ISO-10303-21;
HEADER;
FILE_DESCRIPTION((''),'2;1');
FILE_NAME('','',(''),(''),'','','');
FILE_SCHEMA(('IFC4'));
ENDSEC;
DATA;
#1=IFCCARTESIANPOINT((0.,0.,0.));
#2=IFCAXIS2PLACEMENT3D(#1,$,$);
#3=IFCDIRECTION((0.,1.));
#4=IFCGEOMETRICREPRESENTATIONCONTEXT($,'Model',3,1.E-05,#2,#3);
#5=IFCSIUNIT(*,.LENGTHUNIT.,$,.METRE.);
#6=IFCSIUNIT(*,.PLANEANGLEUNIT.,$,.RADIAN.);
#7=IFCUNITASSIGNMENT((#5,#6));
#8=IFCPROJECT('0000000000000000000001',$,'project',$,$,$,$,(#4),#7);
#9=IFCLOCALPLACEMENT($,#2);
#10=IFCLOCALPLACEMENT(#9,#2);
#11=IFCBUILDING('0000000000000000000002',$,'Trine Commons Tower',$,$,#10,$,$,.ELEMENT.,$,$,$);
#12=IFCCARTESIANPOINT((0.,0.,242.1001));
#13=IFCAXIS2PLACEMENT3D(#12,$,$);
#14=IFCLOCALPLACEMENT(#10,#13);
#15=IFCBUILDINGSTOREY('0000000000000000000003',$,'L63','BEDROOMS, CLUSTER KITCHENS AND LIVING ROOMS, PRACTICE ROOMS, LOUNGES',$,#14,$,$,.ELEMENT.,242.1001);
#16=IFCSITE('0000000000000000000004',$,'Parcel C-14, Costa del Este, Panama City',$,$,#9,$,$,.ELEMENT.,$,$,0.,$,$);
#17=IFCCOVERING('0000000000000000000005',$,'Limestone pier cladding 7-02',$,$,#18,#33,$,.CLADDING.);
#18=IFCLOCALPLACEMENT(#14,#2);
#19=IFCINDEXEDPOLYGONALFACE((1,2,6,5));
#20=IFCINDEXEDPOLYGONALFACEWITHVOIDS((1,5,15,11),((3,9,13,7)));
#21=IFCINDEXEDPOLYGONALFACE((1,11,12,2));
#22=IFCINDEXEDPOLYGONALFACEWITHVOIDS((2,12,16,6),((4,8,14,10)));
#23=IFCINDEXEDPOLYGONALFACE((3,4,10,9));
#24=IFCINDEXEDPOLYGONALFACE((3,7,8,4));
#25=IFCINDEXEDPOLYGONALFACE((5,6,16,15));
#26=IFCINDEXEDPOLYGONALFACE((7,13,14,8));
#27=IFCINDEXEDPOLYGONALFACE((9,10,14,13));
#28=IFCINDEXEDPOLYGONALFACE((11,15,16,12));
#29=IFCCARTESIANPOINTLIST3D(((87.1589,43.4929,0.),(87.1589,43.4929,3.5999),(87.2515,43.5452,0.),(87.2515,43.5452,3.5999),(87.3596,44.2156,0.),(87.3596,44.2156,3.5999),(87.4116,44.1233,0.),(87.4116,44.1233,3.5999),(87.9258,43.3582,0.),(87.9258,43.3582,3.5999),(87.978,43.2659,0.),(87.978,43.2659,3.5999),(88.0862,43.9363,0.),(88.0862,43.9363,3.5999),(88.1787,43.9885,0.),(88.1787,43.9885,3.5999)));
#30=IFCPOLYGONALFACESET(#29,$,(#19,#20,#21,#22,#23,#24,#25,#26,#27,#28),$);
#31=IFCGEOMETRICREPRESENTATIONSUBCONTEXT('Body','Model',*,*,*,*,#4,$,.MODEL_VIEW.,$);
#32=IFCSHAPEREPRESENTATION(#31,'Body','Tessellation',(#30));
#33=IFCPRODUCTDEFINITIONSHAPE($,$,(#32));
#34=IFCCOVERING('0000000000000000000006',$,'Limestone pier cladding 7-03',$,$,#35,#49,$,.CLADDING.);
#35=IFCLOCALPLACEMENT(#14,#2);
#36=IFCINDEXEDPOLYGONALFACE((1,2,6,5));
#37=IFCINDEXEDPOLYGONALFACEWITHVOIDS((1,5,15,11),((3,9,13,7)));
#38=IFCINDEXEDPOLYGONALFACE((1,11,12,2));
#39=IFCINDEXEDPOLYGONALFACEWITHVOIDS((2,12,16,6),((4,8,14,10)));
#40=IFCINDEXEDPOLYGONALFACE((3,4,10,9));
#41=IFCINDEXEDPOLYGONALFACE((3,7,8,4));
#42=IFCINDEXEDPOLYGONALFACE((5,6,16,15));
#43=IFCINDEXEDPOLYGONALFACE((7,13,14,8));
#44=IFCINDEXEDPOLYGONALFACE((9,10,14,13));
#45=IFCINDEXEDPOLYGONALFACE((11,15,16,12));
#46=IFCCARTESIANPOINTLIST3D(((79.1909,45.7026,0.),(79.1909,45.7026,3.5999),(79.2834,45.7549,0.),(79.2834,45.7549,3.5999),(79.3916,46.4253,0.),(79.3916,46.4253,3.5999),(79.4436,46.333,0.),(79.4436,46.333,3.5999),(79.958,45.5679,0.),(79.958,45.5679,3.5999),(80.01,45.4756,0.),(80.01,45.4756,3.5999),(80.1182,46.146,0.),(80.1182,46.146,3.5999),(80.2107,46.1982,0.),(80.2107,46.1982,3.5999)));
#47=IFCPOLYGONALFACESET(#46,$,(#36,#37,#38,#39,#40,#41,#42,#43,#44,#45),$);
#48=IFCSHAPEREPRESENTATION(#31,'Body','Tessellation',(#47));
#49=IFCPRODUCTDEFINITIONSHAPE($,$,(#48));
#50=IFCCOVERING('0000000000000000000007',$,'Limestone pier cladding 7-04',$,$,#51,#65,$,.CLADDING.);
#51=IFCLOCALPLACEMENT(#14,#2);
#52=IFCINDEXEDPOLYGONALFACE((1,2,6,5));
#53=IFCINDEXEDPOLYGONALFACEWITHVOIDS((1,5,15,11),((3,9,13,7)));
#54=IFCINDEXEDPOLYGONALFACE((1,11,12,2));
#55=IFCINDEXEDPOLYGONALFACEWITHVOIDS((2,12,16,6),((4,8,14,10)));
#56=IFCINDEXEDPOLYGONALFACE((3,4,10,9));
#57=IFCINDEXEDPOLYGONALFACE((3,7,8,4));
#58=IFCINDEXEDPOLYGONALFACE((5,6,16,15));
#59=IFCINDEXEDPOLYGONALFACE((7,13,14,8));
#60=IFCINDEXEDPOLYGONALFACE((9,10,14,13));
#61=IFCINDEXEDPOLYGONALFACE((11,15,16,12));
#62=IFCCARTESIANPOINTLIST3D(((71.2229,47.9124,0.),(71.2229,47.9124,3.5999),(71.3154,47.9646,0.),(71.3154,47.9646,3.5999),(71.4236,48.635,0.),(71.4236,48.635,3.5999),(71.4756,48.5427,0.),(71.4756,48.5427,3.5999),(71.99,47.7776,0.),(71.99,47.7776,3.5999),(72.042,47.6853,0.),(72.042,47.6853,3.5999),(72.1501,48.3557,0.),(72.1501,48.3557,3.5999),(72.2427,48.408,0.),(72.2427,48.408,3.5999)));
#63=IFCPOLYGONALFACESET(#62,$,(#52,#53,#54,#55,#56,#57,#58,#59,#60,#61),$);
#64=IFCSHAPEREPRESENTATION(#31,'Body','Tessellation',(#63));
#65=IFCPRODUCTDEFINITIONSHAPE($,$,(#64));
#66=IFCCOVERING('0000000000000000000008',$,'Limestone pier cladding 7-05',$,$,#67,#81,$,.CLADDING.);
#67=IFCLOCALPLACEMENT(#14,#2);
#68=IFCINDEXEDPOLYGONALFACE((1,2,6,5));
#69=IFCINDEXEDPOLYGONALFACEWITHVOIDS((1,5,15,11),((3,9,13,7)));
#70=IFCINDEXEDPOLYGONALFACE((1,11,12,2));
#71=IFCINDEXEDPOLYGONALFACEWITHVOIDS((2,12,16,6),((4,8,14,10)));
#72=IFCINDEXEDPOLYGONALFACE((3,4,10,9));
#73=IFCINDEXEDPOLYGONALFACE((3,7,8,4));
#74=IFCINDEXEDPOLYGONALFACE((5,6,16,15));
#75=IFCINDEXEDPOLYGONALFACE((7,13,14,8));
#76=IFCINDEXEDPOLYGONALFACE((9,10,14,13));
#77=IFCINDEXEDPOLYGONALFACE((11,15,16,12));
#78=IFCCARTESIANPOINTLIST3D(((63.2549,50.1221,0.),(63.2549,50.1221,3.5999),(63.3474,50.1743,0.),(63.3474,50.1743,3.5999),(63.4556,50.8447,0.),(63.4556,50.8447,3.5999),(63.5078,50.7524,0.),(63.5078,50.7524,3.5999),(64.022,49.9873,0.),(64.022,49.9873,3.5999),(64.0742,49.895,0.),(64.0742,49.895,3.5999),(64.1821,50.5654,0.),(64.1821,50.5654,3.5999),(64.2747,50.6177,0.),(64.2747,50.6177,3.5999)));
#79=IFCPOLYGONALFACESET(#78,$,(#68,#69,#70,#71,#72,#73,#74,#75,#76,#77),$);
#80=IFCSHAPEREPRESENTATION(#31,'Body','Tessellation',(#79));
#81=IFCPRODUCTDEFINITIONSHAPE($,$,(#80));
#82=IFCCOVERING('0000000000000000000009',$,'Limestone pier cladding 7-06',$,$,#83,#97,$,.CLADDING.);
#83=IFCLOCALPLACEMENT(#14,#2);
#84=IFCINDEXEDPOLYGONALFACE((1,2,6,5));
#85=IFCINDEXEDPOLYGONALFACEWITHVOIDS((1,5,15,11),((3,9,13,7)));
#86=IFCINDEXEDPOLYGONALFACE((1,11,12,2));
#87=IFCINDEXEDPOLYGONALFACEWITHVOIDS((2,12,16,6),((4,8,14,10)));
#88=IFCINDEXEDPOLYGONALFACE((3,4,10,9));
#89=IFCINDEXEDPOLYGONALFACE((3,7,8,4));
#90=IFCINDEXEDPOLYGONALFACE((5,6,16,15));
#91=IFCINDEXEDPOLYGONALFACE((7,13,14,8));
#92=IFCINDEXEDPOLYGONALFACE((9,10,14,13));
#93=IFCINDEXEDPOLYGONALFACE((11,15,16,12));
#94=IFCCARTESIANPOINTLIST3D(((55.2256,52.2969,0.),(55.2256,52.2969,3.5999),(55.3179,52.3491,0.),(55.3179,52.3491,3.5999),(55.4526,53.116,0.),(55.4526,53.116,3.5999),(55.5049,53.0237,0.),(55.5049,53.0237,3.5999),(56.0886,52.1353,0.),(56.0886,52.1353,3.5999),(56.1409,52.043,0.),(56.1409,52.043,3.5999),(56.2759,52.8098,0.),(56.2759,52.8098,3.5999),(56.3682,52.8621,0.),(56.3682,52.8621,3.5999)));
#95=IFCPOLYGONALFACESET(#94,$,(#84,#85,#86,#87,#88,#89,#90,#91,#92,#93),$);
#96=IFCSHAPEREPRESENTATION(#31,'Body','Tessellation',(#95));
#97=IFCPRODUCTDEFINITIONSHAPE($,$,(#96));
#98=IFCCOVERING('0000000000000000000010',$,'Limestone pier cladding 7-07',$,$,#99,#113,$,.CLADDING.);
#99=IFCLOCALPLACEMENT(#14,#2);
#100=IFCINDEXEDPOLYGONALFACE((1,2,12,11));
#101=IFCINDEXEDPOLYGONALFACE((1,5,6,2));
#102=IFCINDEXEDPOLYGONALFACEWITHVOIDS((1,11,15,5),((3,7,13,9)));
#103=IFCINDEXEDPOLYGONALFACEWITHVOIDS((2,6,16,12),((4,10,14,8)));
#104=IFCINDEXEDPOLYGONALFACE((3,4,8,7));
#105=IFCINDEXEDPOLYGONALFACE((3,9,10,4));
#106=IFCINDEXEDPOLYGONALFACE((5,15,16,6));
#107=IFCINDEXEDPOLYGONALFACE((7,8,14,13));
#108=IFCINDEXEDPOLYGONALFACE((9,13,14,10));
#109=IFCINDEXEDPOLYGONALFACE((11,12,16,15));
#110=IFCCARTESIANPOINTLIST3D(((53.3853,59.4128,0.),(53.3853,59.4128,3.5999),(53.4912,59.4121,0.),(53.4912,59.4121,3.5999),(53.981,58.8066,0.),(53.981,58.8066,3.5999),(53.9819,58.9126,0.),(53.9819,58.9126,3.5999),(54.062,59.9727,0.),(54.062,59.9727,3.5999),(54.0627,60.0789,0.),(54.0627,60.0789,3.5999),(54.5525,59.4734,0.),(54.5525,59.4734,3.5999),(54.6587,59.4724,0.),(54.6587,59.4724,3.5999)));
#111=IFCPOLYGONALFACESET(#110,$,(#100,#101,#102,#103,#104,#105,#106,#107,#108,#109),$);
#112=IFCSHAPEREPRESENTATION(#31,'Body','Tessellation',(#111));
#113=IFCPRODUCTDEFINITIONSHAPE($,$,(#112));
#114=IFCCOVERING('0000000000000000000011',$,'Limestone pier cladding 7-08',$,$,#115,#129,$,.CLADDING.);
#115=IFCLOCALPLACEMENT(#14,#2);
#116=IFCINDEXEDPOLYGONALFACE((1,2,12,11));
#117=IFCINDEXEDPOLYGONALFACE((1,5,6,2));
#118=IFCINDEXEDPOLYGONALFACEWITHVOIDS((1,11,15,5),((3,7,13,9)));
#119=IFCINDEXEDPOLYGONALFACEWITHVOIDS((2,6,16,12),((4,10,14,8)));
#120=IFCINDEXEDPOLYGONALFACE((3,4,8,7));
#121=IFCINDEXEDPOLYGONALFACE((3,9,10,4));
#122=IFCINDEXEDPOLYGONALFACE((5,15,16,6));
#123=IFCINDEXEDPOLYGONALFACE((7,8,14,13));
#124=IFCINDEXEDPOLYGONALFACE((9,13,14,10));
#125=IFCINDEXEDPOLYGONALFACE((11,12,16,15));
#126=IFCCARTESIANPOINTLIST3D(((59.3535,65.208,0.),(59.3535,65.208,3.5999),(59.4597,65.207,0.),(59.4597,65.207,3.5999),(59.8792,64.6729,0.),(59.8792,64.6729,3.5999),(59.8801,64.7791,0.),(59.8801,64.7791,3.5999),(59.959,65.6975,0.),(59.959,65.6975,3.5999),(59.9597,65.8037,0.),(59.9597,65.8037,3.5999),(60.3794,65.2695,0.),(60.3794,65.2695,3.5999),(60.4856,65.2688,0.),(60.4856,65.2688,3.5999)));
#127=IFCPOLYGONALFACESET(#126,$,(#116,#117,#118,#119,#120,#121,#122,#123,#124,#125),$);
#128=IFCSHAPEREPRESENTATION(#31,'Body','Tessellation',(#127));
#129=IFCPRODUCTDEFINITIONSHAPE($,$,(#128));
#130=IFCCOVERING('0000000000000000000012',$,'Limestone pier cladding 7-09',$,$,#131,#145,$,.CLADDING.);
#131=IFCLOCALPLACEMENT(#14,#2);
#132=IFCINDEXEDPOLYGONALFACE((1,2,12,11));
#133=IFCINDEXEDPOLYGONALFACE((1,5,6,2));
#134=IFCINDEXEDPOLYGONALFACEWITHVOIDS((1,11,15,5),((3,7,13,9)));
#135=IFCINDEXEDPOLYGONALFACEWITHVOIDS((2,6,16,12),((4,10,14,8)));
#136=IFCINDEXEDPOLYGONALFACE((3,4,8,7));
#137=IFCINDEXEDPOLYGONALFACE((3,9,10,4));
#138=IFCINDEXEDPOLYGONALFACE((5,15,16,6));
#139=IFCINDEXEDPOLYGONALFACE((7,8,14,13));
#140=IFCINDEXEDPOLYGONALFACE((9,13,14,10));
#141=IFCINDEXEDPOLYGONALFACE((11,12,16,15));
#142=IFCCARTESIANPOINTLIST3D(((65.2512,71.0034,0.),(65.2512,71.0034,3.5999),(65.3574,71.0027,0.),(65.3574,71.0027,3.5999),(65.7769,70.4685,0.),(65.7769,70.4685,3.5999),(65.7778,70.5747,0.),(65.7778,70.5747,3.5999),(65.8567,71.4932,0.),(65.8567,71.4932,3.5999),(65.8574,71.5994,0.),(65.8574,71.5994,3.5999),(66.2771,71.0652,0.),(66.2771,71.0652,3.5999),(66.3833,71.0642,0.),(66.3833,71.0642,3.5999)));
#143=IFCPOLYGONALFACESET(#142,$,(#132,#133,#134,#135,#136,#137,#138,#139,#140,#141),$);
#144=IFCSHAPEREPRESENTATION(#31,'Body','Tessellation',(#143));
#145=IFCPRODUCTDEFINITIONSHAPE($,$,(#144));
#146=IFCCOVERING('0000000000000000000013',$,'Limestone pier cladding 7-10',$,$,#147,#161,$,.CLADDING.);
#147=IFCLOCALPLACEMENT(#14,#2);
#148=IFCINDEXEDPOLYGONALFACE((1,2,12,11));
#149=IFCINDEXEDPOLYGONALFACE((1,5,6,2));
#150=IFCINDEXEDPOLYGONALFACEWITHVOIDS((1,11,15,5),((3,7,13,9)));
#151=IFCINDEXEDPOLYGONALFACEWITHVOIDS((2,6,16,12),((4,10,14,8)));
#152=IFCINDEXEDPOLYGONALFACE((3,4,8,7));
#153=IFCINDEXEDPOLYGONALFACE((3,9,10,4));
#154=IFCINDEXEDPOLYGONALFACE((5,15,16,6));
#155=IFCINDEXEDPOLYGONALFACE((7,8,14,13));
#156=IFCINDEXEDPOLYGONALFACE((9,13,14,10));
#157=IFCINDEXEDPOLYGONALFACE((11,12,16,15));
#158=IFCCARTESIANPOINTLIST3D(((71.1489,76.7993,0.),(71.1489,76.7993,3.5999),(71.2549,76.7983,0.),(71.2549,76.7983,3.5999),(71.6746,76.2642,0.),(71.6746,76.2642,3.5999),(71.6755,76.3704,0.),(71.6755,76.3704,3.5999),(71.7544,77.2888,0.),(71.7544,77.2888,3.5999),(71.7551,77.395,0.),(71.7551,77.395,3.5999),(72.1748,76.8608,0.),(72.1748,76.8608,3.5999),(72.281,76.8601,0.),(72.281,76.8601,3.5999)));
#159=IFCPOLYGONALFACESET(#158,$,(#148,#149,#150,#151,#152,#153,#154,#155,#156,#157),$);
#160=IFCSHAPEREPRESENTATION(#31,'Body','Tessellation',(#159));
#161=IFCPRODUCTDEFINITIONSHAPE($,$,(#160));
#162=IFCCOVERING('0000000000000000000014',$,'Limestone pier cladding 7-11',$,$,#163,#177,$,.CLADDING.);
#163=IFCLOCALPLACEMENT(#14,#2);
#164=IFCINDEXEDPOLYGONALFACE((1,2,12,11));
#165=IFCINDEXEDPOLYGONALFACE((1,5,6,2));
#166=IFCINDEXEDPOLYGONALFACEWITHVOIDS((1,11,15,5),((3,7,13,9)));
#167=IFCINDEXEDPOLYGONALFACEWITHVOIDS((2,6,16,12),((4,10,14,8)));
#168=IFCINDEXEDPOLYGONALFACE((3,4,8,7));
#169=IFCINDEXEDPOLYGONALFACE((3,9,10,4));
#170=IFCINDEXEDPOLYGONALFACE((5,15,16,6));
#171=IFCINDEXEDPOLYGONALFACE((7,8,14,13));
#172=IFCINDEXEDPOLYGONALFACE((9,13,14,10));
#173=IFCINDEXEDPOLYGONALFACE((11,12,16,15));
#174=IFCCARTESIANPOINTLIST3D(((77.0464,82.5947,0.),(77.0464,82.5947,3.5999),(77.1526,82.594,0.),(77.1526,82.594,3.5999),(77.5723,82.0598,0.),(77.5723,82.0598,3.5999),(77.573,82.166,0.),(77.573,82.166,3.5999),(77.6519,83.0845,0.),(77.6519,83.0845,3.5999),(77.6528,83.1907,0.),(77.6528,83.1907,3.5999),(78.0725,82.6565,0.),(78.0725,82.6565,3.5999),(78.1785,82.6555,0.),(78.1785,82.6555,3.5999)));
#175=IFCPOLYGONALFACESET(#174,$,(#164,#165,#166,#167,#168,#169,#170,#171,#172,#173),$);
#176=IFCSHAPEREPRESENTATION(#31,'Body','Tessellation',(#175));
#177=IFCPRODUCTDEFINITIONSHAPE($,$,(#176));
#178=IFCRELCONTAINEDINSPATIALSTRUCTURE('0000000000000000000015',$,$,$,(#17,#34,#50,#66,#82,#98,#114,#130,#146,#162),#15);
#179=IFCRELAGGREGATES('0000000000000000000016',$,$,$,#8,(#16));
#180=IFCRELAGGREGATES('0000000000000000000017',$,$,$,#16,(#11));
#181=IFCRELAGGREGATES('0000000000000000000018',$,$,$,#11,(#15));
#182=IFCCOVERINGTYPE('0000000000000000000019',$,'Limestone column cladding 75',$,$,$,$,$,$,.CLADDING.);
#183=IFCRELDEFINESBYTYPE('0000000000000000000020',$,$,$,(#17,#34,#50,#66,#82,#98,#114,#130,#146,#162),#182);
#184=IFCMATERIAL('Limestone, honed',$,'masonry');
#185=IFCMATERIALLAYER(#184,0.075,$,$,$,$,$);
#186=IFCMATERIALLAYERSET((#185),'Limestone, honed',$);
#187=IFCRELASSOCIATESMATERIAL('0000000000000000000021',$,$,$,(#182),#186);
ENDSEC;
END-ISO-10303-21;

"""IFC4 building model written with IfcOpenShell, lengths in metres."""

from ifc_helpers import new_model, si_unit, direction, frame, origin, place, context, subcontext, project, spatial, polyline, outline, extrude, material, layer, layer_set, type_object, element, save


model = new_model("IFC4")

# Units and contexts
model_context = context("Model", 3, precision=1e-05, world=origin(), true_north=direction((0.0, 1.0)))
body_context = subcontext(model_context, "Body", "Model", "MODEL_VIEW")
ifc_project = project(units=[si_unit("LENGTHUNIT", "METRE"), si_unit("PLANEANGLEUNIT", "RADIAN")], contexts=[model_context])

# Site, building, storey
site_placement = place(None, origin())
site = spatial("IfcSite", under=ifc_project, at=site_placement, Name="Parcel C-14, Costa del Este, Panama City", CompositionType="ELEMENT", RefElevation=0.0)
building_placement = place(site_placement, origin())
building = spatial("IfcBuilding", under=site, at=building_placement, Name="Trine Commons Tower", CompositionType="ELEMENT")
storey_placement = place(building_placement, frame((0.0, 0.0, 242.1001)))
storey = spatial("IfcBuildingStorey", under=building, at=storey_placement, Name="L63", Description="BEDROOMS, CLUSTER KITCHENS AND LIVING ROOMS, PRACTICE ROOMS, LOUNGES", CompositionType="ELEMENT", Elevation=242.1001)

# Coverings
ifc_material_1 = material(Name="Limestone, honed", Category="masonry")
ifc_layer_1 = layer(ifc_material_1, 0.075)
ifc_layer_set_1 = layer_set([ifc_layer_1], Name="Limestone, honed")
covering_type_1 = type_object("IfcCoveringType", Name="Limestone column cladding 75", PredefinedType="CLADDING", material=ifc_layer_set_1)
covering_1_placement = place(storey_placement, origin())
element("IfcCovering", 1, at=covering_1_placement, inside=storey, type_object=covering_type_1, Name="Limestone pier cladding 7-02", PredefinedType="CLADDING", context=body_context, shape_type="SweptSolid", body=[
    extrude(outline(polyline([(87.3596, 44.2156), (87.1589, 43.4929), (87.978, 43.2659), (88.1787, 43.9885), (87.3596, 44.2156)]), holes=[polyline([(87.4116, 44.1233), (87.2515, 43.5452), (87.9258, 43.3582), (88.0862, 43.9363), (87.4116, 44.1233)])]), origin(), (0.0, 0.0, 1.0), 3.5999),
])
covering_2_placement = place(storey_placement, origin())
element("IfcCovering", 2, at=covering_2_placement, inside=storey, type_object=covering_type_1, Name="Limestone pier cladding 7-03", PredefinedType="CLADDING", context=body_context, shape_type="SweptSolid", body=[
    extrude(outline(polyline([(79.3916, 46.4253), (79.1909, 45.7026), (80.01, 45.4756), (80.2107, 46.1982), (79.3916, 46.4253)]), holes=[polyline([(79.4436, 46.333), (79.2834, 45.7549), (79.958, 45.5679), (80.1182, 46.146), (79.4436, 46.333)])]), origin(), (0.0, 0.0, 1.0), 3.5999),
])
covering_3_placement = place(storey_placement, origin())
element("IfcCovering", 3, at=covering_3_placement, inside=storey, type_object=covering_type_1, Name="Limestone pier cladding 7-04", PredefinedType="CLADDING", context=body_context, shape_type="SweptSolid", body=[
    extrude(outline(polyline([(71.4236, 48.635), (71.2229, 47.9124), (72.042, 47.6853), (72.2427, 48.408), (71.4236, 48.635)]), holes=[polyline([(71.4756, 48.5427), (71.3154, 47.9646), (71.99, 47.7776), (72.1501, 48.3557), (71.4756, 48.5427)])]), origin(), (0.0, 0.0, 1.0), 3.5999),
])
covering_4_placement = place(storey_placement, origin())
element("IfcCovering", 4, at=covering_4_placement, inside=storey, type_object=covering_type_1, Name="Limestone pier cladding 7-05", PredefinedType="CLADDING", context=body_context, shape_type="SweptSolid", body=[
    extrude(outline(polyline([(63.4556, 50.8447), (63.2549, 50.1221), (64.0742, 49.895), (64.2747, 50.6177), (63.4556, 50.8447)]), holes=[polyline([(63.5078, 50.7524), (63.3474, 50.1743), (64.022, 49.9873), (64.1821, 50.5654), (63.5078, 50.7524)])]), origin(), (0.0, 0.0, 1.0), 3.5999),
])
covering_5_placement = place(storey_placement, origin())
element("IfcCovering", 5, at=covering_5_placement, inside=storey, type_object=covering_type_1, Name="Limestone pier cladding 7-06", PredefinedType="CLADDING", context=body_context, shape_type="SweptSolid", body=[
    extrude(outline(polyline([(55.4526, 53.116), (55.2256, 52.2969), (56.1409, 52.043), (56.3682, 52.8621), (55.4526, 53.116)]), holes=[polyline([(55.5049, 53.0237), (55.3179, 52.3491), (56.0886, 52.1353), (56.2759, 52.8098), (55.5049, 53.0237)])]), origin(), (0.0, 0.0, 1.0), 3.5999),
])
covering_6_placement = place(storey_placement, origin())
element("IfcCovering", 6, at=covering_6_placement, inside=storey, type_object=covering_type_1, Name="Limestone pier cladding 7-07", PredefinedType="CLADDING", context=body_context, shape_type="SweptSolid", body=[
    extrude(outline(polyline([(54.6587, 59.4724), (54.0627, 60.0789), (53.3853, 59.4128), (53.981, 58.8066), (54.6587, 59.4724)]), holes=[polyline([(54.5525, 59.4734), (54.062, 59.9727), (53.4912, 59.4121), (53.9819, 58.9126), (54.5525, 59.4734)])]), origin(), (0.0, 0.0, 1.0), 3.5999),
])
covering_7_placement = place(storey_placement, origin())
element("IfcCovering", 7, at=covering_7_placement, inside=storey, type_object=covering_type_1, Name="Limestone pier cladding 7-08", PredefinedType="CLADDING", context=body_context, shape_type="SweptSolid", body=[
    extrude(outline(polyline([(60.4856, 65.2688), (59.9597, 65.8037), (59.3535, 65.208), (59.8792, 64.6729), (60.4856, 65.2688)]), holes=[polyline([(60.3794, 65.2695), (59.959, 65.6975), (59.4597, 65.207), (59.8801, 64.7791), (60.3794, 65.2695)])]), origin(), (0.0, 0.0, 1.0), 3.5999),
])
covering_8_placement = place(storey_placement, origin())
element("IfcCovering", 8, at=covering_8_placement, inside=storey, type_object=covering_type_1, Name="Limestone pier cladding 7-09", PredefinedType="CLADDING", context=body_context, shape_type="SweptSolid", body=[
    extrude(outline(polyline([(66.3833, 71.0642), (65.8574, 71.5994), (65.2512, 71.0034), (65.7769, 70.4685), (66.3833, 71.0642)]), holes=[polyline([(66.2771, 71.0652), (65.8567, 71.4932), (65.3574, 71.0027), (65.7778, 70.5747), (66.2771, 71.0652)])]), origin(), (0.0, 0.0, 1.0), 3.5999),
])
covering_9_placement = place(storey_placement, origin())
element("IfcCovering", 9, at=covering_9_placement, inside=storey, type_object=covering_type_1, Name="Limestone pier cladding 7-10", PredefinedType="CLADDING", context=body_context, shape_type="SweptSolid", body=[
    extrude(outline(polyline([(72.281, 76.8601), (71.7551, 77.395), (71.1489, 76.7993), (71.6746, 76.2642), (72.281, 76.8601)]), holes=[polyline([(72.1748, 76.8608), (71.7544, 77.2888), (71.2549, 76.7983), (71.6755, 76.3704), (72.1748, 76.8608)])]), origin(), (0.0, 0.0, 1.0), 3.5999),
])
covering_10_placement = place(storey_placement, origin())
element("IfcCovering", 10, at=covering_10_placement, inside=storey, type_object=covering_type_1, Name="Limestone pier cladding 7-11", PredefinedType="CLADDING", context=body_context, shape_type="SweptSolid", body=[
    extrude(outline(polyline([(78.1785, 82.6555), (77.6528, 83.1907), (77.0464, 82.5947), (77.5723, 82.0598), (78.1785, 82.6555)]), holes=[polyline([(78.0725, 82.6565), (77.6519, 83.0845), (77.1526, 82.594), (77.573, 82.166), (78.0725, 82.6565)])]), origin(), (0.0, 0.0, 1.0), 3.5999),
])

save(model, "model.ifc")
